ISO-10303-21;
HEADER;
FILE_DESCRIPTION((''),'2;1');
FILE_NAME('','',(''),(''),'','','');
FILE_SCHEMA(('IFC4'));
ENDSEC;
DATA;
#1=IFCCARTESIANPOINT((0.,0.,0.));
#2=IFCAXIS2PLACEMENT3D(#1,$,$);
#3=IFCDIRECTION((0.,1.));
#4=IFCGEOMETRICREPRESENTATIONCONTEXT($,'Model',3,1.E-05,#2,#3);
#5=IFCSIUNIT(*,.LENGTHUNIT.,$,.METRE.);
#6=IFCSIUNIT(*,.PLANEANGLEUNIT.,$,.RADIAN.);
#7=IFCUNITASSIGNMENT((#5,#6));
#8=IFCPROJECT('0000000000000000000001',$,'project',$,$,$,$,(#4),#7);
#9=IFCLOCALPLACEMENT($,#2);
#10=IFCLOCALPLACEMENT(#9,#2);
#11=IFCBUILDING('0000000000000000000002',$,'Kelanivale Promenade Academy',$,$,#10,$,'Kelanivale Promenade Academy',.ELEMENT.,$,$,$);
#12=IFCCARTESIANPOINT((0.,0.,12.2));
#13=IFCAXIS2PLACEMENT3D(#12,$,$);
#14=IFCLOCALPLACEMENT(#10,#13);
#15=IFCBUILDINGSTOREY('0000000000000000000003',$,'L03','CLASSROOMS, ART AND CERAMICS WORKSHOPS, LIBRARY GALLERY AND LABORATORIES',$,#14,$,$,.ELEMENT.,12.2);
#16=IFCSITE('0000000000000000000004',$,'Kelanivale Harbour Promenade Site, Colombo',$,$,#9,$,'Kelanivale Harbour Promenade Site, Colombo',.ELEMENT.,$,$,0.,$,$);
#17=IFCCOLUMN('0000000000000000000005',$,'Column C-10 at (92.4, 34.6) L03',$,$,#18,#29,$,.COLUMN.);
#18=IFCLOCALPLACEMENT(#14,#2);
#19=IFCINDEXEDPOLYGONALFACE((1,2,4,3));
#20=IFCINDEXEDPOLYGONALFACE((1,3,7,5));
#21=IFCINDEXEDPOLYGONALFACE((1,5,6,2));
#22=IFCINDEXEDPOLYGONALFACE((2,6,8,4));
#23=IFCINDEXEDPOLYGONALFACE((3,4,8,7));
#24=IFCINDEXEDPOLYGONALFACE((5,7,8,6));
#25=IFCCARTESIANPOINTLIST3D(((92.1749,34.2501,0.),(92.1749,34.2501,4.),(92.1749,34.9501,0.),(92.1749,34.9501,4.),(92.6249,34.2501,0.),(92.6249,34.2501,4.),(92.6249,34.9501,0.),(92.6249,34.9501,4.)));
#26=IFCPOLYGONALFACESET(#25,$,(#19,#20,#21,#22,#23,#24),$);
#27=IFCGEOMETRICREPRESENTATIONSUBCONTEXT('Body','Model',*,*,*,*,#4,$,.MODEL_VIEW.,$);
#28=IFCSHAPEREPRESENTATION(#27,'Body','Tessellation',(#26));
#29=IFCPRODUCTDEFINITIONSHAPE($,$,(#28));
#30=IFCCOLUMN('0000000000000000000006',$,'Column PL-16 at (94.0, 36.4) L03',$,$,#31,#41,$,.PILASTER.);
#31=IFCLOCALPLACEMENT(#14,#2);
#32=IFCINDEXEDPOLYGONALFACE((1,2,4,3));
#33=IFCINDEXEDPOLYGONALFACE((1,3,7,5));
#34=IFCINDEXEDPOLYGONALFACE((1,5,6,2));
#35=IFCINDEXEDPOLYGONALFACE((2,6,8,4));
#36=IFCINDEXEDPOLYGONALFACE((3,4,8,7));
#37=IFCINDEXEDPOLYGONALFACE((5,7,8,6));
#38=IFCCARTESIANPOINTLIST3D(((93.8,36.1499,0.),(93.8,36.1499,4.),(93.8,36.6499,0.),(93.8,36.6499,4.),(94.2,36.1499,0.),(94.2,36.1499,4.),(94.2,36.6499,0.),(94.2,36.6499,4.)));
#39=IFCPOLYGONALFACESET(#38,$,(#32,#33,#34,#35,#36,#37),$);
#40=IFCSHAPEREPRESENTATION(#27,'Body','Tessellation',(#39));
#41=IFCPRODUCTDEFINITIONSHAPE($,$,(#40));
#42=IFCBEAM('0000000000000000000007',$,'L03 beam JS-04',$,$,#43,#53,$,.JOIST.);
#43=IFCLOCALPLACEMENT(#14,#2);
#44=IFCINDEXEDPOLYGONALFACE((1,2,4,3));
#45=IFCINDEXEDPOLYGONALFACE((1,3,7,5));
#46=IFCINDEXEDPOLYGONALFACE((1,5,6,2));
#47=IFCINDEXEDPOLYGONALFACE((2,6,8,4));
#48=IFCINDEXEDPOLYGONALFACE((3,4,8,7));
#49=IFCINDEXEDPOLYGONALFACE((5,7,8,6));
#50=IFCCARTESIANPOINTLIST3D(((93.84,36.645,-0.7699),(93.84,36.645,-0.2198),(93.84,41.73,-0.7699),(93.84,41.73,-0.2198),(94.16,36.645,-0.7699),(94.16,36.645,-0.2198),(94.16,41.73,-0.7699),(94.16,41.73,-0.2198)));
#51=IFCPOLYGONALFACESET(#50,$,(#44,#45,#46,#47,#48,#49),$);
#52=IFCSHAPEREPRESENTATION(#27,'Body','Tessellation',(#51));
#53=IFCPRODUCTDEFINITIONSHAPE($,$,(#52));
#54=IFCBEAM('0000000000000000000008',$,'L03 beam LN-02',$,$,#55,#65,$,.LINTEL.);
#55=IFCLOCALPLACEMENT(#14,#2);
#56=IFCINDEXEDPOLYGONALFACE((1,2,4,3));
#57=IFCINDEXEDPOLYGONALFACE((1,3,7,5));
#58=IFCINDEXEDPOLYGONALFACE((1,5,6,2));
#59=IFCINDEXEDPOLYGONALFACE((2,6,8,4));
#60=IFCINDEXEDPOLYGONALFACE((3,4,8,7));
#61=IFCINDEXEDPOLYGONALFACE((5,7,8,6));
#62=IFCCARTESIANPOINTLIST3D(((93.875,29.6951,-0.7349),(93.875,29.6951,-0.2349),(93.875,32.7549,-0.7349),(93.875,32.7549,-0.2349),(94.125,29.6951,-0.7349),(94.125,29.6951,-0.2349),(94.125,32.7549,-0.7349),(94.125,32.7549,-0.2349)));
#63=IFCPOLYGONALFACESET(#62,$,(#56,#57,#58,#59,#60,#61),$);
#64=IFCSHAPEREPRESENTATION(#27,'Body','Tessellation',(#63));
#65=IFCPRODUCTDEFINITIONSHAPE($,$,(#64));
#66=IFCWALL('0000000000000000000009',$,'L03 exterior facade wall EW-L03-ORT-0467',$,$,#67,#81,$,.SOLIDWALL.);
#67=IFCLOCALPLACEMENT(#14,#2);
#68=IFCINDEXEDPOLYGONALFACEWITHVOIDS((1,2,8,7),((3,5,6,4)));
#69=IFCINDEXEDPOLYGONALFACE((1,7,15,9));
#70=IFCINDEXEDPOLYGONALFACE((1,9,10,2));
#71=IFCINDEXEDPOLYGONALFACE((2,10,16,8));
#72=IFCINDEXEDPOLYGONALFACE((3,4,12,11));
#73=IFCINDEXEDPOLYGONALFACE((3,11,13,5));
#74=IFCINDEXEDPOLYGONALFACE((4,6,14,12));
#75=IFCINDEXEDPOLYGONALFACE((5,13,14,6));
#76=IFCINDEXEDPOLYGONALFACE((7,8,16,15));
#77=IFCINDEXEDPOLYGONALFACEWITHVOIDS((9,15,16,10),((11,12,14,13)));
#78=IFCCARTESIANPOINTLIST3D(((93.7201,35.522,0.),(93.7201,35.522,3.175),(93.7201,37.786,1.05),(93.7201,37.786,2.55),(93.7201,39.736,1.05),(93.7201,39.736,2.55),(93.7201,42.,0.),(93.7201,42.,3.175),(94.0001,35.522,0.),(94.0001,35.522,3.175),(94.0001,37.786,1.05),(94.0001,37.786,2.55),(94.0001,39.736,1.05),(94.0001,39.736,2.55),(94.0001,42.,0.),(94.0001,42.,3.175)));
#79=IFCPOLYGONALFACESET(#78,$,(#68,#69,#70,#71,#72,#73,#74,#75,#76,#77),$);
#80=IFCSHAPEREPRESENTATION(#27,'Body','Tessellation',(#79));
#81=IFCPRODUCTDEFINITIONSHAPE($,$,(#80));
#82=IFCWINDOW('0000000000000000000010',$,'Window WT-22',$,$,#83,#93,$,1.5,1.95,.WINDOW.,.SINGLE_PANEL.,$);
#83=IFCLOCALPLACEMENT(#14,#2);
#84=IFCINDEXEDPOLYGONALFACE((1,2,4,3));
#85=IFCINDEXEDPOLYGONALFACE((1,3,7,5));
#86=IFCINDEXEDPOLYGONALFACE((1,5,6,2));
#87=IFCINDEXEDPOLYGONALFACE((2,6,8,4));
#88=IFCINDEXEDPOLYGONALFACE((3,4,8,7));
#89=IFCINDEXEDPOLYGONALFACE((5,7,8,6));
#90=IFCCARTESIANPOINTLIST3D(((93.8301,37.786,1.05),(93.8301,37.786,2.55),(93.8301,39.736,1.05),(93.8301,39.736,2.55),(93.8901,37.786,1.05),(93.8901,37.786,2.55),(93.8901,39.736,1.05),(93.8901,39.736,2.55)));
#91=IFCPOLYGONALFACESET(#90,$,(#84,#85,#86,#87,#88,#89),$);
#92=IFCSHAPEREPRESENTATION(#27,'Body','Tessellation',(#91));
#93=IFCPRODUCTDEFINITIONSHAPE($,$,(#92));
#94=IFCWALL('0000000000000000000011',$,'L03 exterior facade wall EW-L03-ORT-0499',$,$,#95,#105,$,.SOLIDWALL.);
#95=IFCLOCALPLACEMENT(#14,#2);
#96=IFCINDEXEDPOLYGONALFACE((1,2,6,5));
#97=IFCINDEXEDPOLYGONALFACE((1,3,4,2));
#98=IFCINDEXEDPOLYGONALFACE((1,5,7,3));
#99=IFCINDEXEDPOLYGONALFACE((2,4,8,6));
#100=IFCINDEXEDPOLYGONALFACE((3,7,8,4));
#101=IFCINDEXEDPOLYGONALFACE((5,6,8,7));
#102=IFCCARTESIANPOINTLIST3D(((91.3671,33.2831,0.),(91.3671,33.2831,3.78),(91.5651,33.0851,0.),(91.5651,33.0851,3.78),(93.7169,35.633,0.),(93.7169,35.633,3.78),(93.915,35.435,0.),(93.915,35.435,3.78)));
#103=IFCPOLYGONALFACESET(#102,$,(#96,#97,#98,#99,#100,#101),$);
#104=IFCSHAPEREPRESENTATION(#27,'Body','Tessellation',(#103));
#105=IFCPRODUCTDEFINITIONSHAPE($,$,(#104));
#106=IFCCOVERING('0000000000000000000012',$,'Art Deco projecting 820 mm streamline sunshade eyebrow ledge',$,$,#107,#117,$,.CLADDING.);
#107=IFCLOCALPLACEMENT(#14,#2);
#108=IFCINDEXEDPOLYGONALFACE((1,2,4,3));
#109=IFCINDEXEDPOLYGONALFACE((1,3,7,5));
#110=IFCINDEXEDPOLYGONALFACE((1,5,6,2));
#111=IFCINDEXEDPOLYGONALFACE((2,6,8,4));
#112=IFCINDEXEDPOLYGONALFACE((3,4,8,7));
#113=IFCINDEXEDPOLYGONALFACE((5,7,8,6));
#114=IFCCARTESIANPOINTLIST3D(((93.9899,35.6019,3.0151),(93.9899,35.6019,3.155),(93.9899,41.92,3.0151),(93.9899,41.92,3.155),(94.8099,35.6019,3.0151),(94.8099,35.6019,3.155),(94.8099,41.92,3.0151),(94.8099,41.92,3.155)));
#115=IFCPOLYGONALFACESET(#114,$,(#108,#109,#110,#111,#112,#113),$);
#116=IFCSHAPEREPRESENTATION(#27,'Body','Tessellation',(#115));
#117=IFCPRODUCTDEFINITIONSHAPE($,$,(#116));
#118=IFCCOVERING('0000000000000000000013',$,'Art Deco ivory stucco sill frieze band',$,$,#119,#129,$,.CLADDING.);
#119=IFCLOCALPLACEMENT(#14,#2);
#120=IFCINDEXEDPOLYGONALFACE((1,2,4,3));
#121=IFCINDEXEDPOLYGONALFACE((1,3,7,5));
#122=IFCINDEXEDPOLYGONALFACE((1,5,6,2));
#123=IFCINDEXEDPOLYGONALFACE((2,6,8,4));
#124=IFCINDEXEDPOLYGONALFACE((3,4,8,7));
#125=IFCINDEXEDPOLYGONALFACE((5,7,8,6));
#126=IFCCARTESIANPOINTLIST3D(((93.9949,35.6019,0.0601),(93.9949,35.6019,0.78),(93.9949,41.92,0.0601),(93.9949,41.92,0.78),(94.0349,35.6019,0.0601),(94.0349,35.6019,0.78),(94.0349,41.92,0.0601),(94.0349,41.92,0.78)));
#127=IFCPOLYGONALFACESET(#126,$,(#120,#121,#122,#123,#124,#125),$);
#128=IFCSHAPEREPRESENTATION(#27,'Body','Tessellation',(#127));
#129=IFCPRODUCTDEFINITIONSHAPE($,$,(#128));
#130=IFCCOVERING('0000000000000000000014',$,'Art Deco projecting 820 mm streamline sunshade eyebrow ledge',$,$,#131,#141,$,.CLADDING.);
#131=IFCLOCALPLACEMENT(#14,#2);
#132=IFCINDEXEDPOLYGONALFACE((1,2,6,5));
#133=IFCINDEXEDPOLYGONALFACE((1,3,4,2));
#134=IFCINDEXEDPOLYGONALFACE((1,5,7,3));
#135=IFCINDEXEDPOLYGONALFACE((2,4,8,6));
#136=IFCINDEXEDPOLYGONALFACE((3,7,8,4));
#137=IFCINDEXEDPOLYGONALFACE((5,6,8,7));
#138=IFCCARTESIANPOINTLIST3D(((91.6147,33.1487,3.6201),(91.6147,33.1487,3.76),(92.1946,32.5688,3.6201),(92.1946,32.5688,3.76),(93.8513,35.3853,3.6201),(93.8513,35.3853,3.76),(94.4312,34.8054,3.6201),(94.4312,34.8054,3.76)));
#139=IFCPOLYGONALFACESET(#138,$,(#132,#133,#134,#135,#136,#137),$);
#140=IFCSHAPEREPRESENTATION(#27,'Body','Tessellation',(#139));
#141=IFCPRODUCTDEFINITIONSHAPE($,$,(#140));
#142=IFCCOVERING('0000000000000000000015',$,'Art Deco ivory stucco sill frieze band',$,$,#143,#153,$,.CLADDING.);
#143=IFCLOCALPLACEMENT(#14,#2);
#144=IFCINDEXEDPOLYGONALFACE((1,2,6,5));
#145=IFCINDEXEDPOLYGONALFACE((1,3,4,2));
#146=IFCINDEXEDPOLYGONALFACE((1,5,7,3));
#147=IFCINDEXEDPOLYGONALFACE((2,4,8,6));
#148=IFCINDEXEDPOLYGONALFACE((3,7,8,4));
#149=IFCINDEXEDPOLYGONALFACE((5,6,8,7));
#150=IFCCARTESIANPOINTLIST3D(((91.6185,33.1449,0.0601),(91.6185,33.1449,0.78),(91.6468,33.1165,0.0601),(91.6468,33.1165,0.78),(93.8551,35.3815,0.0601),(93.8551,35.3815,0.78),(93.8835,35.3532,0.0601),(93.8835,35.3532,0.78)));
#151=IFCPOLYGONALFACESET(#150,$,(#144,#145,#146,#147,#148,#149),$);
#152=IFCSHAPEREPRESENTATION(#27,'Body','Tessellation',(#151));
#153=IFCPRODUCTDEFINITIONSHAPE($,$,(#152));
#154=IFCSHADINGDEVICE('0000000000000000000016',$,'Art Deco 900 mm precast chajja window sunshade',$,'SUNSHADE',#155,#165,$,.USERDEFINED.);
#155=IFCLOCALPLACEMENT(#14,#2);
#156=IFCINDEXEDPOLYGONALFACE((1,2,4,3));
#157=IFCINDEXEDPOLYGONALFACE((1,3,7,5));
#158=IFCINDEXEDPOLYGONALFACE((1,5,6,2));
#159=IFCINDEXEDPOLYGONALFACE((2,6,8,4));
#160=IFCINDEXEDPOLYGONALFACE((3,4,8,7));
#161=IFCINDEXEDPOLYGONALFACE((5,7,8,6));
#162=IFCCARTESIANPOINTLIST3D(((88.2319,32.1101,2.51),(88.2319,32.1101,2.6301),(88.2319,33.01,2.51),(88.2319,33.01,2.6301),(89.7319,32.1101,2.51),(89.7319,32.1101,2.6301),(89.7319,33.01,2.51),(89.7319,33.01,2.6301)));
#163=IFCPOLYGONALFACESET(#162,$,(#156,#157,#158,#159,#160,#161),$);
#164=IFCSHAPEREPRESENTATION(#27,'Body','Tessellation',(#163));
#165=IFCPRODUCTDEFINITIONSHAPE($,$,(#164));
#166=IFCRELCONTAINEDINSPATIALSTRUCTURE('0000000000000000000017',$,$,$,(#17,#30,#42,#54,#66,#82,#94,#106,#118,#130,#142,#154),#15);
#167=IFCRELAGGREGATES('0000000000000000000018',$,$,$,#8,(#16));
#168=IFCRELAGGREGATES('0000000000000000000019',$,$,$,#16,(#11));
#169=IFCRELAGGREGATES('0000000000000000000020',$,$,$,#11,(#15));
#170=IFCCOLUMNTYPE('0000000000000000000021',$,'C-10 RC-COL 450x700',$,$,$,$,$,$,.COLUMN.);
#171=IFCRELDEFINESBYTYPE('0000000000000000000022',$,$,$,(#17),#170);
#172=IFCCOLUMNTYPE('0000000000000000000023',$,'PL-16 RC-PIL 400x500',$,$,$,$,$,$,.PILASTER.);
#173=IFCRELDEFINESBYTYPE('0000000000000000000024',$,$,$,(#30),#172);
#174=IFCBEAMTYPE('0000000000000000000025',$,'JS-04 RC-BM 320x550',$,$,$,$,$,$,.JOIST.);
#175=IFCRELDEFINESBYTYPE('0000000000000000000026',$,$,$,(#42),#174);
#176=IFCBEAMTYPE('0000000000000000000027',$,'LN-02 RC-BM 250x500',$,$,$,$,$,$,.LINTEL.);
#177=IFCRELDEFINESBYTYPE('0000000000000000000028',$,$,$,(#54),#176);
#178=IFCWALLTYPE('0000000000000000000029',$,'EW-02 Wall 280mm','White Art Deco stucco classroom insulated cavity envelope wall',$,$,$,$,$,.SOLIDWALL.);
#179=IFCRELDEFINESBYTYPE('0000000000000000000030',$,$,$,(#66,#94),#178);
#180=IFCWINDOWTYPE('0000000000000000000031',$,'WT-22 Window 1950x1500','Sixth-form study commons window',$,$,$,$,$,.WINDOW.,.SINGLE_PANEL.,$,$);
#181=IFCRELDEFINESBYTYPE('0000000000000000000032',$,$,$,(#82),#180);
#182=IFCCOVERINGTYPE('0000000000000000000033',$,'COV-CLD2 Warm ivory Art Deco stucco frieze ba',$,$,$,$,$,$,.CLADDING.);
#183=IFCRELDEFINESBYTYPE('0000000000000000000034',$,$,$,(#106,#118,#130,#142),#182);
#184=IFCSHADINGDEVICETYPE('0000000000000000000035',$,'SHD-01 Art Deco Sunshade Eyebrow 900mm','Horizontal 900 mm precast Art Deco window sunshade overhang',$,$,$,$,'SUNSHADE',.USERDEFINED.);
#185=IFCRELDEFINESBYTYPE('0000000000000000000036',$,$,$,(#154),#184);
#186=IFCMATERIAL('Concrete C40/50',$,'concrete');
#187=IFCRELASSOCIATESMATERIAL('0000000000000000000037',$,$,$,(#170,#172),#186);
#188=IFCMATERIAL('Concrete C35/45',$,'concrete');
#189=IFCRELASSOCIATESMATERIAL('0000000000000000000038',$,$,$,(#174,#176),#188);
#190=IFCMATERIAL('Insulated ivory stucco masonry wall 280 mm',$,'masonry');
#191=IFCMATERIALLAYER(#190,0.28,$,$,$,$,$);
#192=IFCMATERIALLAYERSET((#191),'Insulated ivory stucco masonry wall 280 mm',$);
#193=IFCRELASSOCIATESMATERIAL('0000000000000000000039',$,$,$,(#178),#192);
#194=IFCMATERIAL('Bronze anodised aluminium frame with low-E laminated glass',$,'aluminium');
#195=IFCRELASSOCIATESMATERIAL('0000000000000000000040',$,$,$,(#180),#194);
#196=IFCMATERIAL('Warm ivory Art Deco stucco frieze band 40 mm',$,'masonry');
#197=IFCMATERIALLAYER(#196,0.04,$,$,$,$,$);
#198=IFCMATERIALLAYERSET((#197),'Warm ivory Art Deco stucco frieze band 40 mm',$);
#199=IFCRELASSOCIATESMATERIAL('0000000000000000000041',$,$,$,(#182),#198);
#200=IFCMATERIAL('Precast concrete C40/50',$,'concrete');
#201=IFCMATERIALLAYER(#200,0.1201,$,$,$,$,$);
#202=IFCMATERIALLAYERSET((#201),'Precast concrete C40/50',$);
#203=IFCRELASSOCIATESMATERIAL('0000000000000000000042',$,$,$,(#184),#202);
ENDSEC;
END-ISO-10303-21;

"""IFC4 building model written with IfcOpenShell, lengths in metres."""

from ifc_helpers import new_model, si_unit, direction, frame, frame_2d, origin, origin_2d, place, context, subcontext, project, spatial, rectangle, extrude, material, layer, layer_set, material_profile, profile_set, type_object, element, fill, save


model = new_model("IFC4")

# Units and contexts
model_context = context("Model", 3, precision=1e-05, world=origin(), true_north=direction((0.0, 1.0)))
body_context = subcontext(model_context, "Body", "Model", "MODEL_VIEW")
ifc_project = project(units=[si_unit("LENGTHUNIT", "METRE"), si_unit("PLANEANGLEUNIT", "RADIAN")], contexts=[model_context])

# Site, building, storey
site_placement = place(None, origin())
site = spatial("IfcSite", under=ifc_project, at=site_placement, Name="Kelanivale Harbour Promenade Site, Colombo", LongName="Kelanivale Harbour Promenade Site, Colombo", CompositionType="ELEMENT", RefElevation=0.0)
building_placement = place(site_placement, origin())
building = spatial("IfcBuilding", under=site, at=building_placement, Name="Kelanivale Promenade Academy", LongName="Kelanivale Promenade Academy", CompositionType="ELEMENT")
storey_placement = place(building_placement, frame((0.0, 0.0, 12.2)))
storey = spatial("IfcBuildingStorey", under=building, at=storey_placement, Name="L03", Description="CLASSROOMS, ART AND CERAMICS WORKSHOPS, LIBRARY GALLERY AND LABORATORIES", CompositionType="ELEMENT", Elevation=12.2)

# Columns
ifc_material_1 = material(Name="Concrete C40/50", Category="concrete")
ifc_material_profile_1 = material_profile(ifc_material_1, rectangle(XDim=0.45, YDim=0.7, at=origin_2d()), Name="RC-COL 450x700")
ifc_profile_set_1 = profile_set([ifc_material_profile_1], Name="Concrete C40/50")
column_type_1 = type_object("IfcColumnType", Name="C-10 RC-COL 450x700", PredefinedType="COLUMN", material=ifc_profile_set_1)
column_1_placement = place(storey_placement, frame((92.3999, 34.6001, 0.0), z_axis=(0.0, 0.0, 1.0), x_axis=(1.0, 0.0, 0.0)))
element("IfcColumn", 1, at=column_1_placement, inside=storey, type_object=column_type_1, Name="Column C-10 at (92.4, 34.6) L03", PredefinedType="COLUMN", context=body_context, shape_type="SweptSolid", body=[
    extrude(rectangle(XDim=0.45, YDim=0.7, at=origin_2d()), origin(), (0.0, 0.0, 1.0), 4.0),
])
ifc_material_profile_2 = material_profile(ifc_material_1, rectangle(XDim=0.3999, YDim=0.5, at=origin_2d()), Name="RC-PIL 400x500")
ifc_profile_set_2 = profile_set([ifc_material_profile_2], Name="Concrete C40/50")
column_type_2 = type_object("IfcColumnType", Name="PL-16 RC-PIL 400x500", PredefinedType="PILASTER", material=ifc_profile_set_2)
column_2_placement = place(storey_placement, frame((94.0, 36.3999, 0.0), z_axis=(0.0, 0.0, 1.0), x_axis=(1.0, 0.0, 0.0)))
element("IfcColumn", 2, at=column_2_placement, inside=storey, type_object=column_type_2, Name="Column PL-16 at (94.0, 36.4) L03", PredefinedType="PILASTER", context=body_context, shape_type="SweptSolid", body=[
    extrude(rectangle(XDim=0.3999, YDim=0.5, at=origin_2d()), origin(), (0.0, 0.0, 1.0), 4.0),
])

# Beams
ifc_material_2 = material(Name="Concrete C35/45", Category="concrete")
ifc_material_profile_3 = material_profile(ifc_material_2, rectangle(XDim=0.3201, YDim=0.55, at=origin_2d()), Name="RC-BM 320x550")
ifc_profile_set_3 = profile_set([ifc_material_profile_3], Name="Concrete C35/45")
beam_type_1 = type_object("IfcBeamType", Name="JS-04 RC-BM 320x550", PredefinedType="JOIST", material=ifc_profile_set_3)
beam_1_placement = place(storey_placement, frame((94.0, 36.645, -0.4949), z_axis=(0.0, 1.0, 0.0), x_axis=(-1.0, 0.0, 0.0)))
element("IfcBeam", 3, at=beam_1_placement, inside=storey, type_object=beam_type_1, Name="L03 beam JS-04", PredefinedType="JOIST", context=body_context, shape_type="SweptSolid", body=[
    extrude(rectangle(XDim=0.3201, YDim=0.55, at=origin_2d()), origin(), (0.0, 0.0, 1.0), 5.085),
])
ifc_material_profile_4 = material_profile(ifc_material_2, rectangle(XDim=0.25, YDim=0.5, at=origin_2d()), Name="RC-BM 250x500")
ifc_profile_set_4 = profile_set([ifc_material_profile_4], Name="Concrete C35/45")
beam_type_2 = type_object("IfcBeamType", Name="LN-02 RC-BM 250x500", PredefinedType="LINTEL", material=ifc_profile_set_4)
beam_2_placement = place(storey_placement, frame((94.0, 29.6951, -0.4849), z_axis=(0.0, 1.0, 0.0), x_axis=(-1.0, 0.0, 0.0)))
element("IfcBeam", 4, at=beam_2_placement, inside=storey, type_object=beam_type_2, Name="L03 beam LN-02", PredefinedType="LINTEL", context=body_context, shape_type="SweptSolid", body=[
    extrude(rectangle(XDim=0.25, YDim=0.5, at=origin_2d()), origin(), (0.0, 0.0, 1.0), 3.0598),
])

# Wall, opening, window
ifc_material_3 = material(Name="Insulated ivory stucco masonry wall 280 mm", Category="masonry")
ifc_layer_1 = layer(ifc_material_3, 0.28)
ifc_layer_set_1 = layer_set([ifc_layer_1], Name="Insulated ivory stucco masonry wall 280 mm")
wall_type = type_object("IfcWallType", Name="EW-02 Wall 280mm", Description="White Art Deco stucco classroom insulated cavity envelope wall", PredefinedType="SOLIDWALL", material=ifc_layer_set_1)
wall_1_placement = place(storey_placement, frame((93.8601, 35.522, 0.0), z_axis=(0.0, 0.0, 1.0), x_axis=(0.0, 1.0, 0.0)))
wall_1 = element("IfcWall", 5, at=wall_1_placement, inside=storey, type_object=wall_type, Name="L03 exterior facade wall EW-L03-ORT-0467", PredefinedType="SOLIDWALL", context=body_context, shape_type="SweptSolid", body=[
    extrude(rectangle(XDim=6.478, YDim=0.28, at=frame_2d((3.239, 0.0))), origin(), (0.0, 0.0, 1.0), 3.175),
])
opening_placement = place(wall_1_placement, frame((2.2639, 0.0, 1.05)))
opening = element("IfcOpeningElement", 6, at=opening_placement, cuts=wall_1, PredefinedType="OPENING", context=body_context, shape_type="SweptSolid", body=[
    extrude(rectangle(XDim=1.95, YDim=1.5, at=frame_2d((0.9751, 0.75))), frame((0.0, 0.1499, 0.0), z_axis=(0.0, -1.0, 0.0), x_axis=(1.0, 0.0, 0.0)), (0.0, 0.0, 1.0), 0.3),
])
ifc_material_4 = material(Name="Bronze anodised aluminium frame with low-E laminated glass", Category="aluminium")
window_type = type_object("IfcWindowType", Name="WT-22 Window 1950x1500", Description="Sixth-form study commons window", PartitioningType="SINGLE_PANEL", PredefinedType="WINDOW", material=ifc_material_4)
window_placement = place(opening_placement, origin())
window = element("IfcWindow", 7, at=window_placement, inside=storey, type_object=window_type, Name="Window WT-22", OverallHeight=1.5, OverallWidth=1.95, PartitioningType="SINGLE_PANEL", PredefinedType="WINDOW", context=body_context, shape_type="SweptSolid", body=[
    extrude(rectangle(XDim=1.95, YDim=1.5, at=frame_2d((0.9751, 0.75))), frame((0.0, 0.03, 0.0), z_axis=(0.0, -1.0, 0.0), x_axis=(1.0, 0.0, 0.0)), (0.0, 0.0, 1.0), 0.0601),
])
fill(opening, window)

# Wall
wall_2_placement = place(storey_placement, frame((91.4661, 33.1841, 0.0), z_axis=(0.0, 0.0, 1.0), x_axis=(0.707107, 0.707107, 0.0)))
element("IfcWall", 8, at=wall_2_placement, inside=storey, type_object=wall_type, Name="L03 exterior facade wall EW-L03-ORT-0499", PredefinedType="SOLIDWALL", context=body_context, shape_type="SweptSolid", body=[
    extrude(rectangle(XDim=3.3232, YDim=0.28, at=frame_2d((1.6616, 0.0))), origin(), (0.0, 0.0, 1.0), 3.78),
])

# Coverings
ifc_material_5 = material(Name="Warm ivory Art Deco stucco frieze band 40 mm", Category="masonry")
ifc_layer_2 = layer(ifc_material_5, 0.04)
ifc_layer_set_2 = layer_set([ifc_layer_2], Name="Warm ivory Art Deco stucco frieze band 40 mm")
covering_type = type_object("IfcCoveringType", Name="COV-CLD2 Warm ivory Art Deco stucco frieze ba", PredefinedType="CLADDING", material=ifc_layer_set_2)
covering_1_placement = place(storey_placement, frame((94.3999, 38.761, 3.0151), z_axis=(0.0, 0.0, 1.0), x_axis=(0.0, 1.0, 0.0)))
element("IfcCovering", 9, at=covering_1_placement, inside=storey, type_object=covering_type, Name="Art Deco projecting 820 mm streamline sunshade eyebrow ledge", PredefinedType="CLADDING", context=body_context, shape_type="SweptSolid", body=[
    extrude(rectangle(XDim=6.3181, YDim=0.8201, at=origin_2d()), origin(), (0.0, 0.0, 1.0), 0.1399),
])
covering_2_placement = place(storey_placement, frame((94.0149, 38.761, 0.0601), z_axis=(0.0, 0.0, 1.0), x_axis=(0.0, 1.0, 0.0)))
element("IfcCovering", 10, at=covering_2_placement, inside=storey, type_object=covering_type, Name="Art Deco ivory stucco sill frieze band", PredefinedType="CLADDING", context=body_context, shape_type="SweptSolid", body=[
    extrude(rectangle(XDim=6.3181, YDim=0.04, at=origin_2d()), origin(), (0.0, 0.0, 1.0), 0.72),
])
covering_3_placement = place(storey_placement, frame((93.0229, 33.9771, 3.6201), z_axis=(0.0, 0.0, 1.0), x_axis=(0.707107, 0.707107, 0.0)))
element("IfcCovering", 11, at=covering_3_placement, inside=storey, type_object=covering_type, Name="Art Deco projecting 820 mm streamline sunshade eyebrow ledge", PredefinedType="CLADDING", context=body_context, shape_type="SweptSolid", body=[
    extrude(rectangle(XDim=3.1631, YDim=0.8201, at=origin_2d()), origin(), (0.0, 0.0, 1.0), 0.1399),
])
covering_4_placement = place(storey_placement, frame((92.751, 34.249, 0.0601), z_axis=(0.0, 0.0, 1.0), x_axis=(0.707107, 0.707107, 0.0)))
element("IfcCovering", 12, at=covering_4_placement, inside=storey, type_object=covering_type, Name="Art Deco ivory stucco sill frieze band", PredefinedType="CLADDING", context=body_context, shape_type="SweptSolid", body=[
    extrude(rectangle(XDim=3.1631, YDim=0.04, at=origin_2d()), origin(), (0.0, 0.0, 1.0), 0.72),
])

# Shading device
ifc_material_6 = material(Name="Precast concrete C40/50", Category="concrete")
ifc_layer_3 = layer(ifc_material_6, 0.1201)
ifc_layer_set_3 = layer_set([ifc_layer_3], Name="Precast concrete C40/50")
shading_device_type_1 = type_object("IfcShadingDeviceType", Name="SHD-01 Art Deco Sunshade Eyebrow 900mm", Description="Horizontal 900 mm precast Art Deco window sunshade overhang", ElementType="SUNSHADE", PredefinedType="USERDEFINED", material=ifc_layer_set_3)
shading_device_1_placement = place(storey_placement, frame((88.9819, 32.5601, 2.51), z_axis=(0.0, 0.0, 1.0), x_axis=(1.0, 0.0, 0.0)))
element("IfcShadingDevice", 13, at=shading_device_1_placement, inside=storey, type_object=shading_device_type_1, Name="Art Deco 900 mm precast chajja window sunshade", ObjectType="SUNSHADE", PredefinedType="USERDEFINED", context=body_context, shape_type="SweptSolid", body=[
    extrude(rectangle(XDim=1.5, YDim=0.8999, at=origin_2d()), origin(), (0.0, 0.0, 1.0), 0.1201),
])

save(model, "model.ifc")
